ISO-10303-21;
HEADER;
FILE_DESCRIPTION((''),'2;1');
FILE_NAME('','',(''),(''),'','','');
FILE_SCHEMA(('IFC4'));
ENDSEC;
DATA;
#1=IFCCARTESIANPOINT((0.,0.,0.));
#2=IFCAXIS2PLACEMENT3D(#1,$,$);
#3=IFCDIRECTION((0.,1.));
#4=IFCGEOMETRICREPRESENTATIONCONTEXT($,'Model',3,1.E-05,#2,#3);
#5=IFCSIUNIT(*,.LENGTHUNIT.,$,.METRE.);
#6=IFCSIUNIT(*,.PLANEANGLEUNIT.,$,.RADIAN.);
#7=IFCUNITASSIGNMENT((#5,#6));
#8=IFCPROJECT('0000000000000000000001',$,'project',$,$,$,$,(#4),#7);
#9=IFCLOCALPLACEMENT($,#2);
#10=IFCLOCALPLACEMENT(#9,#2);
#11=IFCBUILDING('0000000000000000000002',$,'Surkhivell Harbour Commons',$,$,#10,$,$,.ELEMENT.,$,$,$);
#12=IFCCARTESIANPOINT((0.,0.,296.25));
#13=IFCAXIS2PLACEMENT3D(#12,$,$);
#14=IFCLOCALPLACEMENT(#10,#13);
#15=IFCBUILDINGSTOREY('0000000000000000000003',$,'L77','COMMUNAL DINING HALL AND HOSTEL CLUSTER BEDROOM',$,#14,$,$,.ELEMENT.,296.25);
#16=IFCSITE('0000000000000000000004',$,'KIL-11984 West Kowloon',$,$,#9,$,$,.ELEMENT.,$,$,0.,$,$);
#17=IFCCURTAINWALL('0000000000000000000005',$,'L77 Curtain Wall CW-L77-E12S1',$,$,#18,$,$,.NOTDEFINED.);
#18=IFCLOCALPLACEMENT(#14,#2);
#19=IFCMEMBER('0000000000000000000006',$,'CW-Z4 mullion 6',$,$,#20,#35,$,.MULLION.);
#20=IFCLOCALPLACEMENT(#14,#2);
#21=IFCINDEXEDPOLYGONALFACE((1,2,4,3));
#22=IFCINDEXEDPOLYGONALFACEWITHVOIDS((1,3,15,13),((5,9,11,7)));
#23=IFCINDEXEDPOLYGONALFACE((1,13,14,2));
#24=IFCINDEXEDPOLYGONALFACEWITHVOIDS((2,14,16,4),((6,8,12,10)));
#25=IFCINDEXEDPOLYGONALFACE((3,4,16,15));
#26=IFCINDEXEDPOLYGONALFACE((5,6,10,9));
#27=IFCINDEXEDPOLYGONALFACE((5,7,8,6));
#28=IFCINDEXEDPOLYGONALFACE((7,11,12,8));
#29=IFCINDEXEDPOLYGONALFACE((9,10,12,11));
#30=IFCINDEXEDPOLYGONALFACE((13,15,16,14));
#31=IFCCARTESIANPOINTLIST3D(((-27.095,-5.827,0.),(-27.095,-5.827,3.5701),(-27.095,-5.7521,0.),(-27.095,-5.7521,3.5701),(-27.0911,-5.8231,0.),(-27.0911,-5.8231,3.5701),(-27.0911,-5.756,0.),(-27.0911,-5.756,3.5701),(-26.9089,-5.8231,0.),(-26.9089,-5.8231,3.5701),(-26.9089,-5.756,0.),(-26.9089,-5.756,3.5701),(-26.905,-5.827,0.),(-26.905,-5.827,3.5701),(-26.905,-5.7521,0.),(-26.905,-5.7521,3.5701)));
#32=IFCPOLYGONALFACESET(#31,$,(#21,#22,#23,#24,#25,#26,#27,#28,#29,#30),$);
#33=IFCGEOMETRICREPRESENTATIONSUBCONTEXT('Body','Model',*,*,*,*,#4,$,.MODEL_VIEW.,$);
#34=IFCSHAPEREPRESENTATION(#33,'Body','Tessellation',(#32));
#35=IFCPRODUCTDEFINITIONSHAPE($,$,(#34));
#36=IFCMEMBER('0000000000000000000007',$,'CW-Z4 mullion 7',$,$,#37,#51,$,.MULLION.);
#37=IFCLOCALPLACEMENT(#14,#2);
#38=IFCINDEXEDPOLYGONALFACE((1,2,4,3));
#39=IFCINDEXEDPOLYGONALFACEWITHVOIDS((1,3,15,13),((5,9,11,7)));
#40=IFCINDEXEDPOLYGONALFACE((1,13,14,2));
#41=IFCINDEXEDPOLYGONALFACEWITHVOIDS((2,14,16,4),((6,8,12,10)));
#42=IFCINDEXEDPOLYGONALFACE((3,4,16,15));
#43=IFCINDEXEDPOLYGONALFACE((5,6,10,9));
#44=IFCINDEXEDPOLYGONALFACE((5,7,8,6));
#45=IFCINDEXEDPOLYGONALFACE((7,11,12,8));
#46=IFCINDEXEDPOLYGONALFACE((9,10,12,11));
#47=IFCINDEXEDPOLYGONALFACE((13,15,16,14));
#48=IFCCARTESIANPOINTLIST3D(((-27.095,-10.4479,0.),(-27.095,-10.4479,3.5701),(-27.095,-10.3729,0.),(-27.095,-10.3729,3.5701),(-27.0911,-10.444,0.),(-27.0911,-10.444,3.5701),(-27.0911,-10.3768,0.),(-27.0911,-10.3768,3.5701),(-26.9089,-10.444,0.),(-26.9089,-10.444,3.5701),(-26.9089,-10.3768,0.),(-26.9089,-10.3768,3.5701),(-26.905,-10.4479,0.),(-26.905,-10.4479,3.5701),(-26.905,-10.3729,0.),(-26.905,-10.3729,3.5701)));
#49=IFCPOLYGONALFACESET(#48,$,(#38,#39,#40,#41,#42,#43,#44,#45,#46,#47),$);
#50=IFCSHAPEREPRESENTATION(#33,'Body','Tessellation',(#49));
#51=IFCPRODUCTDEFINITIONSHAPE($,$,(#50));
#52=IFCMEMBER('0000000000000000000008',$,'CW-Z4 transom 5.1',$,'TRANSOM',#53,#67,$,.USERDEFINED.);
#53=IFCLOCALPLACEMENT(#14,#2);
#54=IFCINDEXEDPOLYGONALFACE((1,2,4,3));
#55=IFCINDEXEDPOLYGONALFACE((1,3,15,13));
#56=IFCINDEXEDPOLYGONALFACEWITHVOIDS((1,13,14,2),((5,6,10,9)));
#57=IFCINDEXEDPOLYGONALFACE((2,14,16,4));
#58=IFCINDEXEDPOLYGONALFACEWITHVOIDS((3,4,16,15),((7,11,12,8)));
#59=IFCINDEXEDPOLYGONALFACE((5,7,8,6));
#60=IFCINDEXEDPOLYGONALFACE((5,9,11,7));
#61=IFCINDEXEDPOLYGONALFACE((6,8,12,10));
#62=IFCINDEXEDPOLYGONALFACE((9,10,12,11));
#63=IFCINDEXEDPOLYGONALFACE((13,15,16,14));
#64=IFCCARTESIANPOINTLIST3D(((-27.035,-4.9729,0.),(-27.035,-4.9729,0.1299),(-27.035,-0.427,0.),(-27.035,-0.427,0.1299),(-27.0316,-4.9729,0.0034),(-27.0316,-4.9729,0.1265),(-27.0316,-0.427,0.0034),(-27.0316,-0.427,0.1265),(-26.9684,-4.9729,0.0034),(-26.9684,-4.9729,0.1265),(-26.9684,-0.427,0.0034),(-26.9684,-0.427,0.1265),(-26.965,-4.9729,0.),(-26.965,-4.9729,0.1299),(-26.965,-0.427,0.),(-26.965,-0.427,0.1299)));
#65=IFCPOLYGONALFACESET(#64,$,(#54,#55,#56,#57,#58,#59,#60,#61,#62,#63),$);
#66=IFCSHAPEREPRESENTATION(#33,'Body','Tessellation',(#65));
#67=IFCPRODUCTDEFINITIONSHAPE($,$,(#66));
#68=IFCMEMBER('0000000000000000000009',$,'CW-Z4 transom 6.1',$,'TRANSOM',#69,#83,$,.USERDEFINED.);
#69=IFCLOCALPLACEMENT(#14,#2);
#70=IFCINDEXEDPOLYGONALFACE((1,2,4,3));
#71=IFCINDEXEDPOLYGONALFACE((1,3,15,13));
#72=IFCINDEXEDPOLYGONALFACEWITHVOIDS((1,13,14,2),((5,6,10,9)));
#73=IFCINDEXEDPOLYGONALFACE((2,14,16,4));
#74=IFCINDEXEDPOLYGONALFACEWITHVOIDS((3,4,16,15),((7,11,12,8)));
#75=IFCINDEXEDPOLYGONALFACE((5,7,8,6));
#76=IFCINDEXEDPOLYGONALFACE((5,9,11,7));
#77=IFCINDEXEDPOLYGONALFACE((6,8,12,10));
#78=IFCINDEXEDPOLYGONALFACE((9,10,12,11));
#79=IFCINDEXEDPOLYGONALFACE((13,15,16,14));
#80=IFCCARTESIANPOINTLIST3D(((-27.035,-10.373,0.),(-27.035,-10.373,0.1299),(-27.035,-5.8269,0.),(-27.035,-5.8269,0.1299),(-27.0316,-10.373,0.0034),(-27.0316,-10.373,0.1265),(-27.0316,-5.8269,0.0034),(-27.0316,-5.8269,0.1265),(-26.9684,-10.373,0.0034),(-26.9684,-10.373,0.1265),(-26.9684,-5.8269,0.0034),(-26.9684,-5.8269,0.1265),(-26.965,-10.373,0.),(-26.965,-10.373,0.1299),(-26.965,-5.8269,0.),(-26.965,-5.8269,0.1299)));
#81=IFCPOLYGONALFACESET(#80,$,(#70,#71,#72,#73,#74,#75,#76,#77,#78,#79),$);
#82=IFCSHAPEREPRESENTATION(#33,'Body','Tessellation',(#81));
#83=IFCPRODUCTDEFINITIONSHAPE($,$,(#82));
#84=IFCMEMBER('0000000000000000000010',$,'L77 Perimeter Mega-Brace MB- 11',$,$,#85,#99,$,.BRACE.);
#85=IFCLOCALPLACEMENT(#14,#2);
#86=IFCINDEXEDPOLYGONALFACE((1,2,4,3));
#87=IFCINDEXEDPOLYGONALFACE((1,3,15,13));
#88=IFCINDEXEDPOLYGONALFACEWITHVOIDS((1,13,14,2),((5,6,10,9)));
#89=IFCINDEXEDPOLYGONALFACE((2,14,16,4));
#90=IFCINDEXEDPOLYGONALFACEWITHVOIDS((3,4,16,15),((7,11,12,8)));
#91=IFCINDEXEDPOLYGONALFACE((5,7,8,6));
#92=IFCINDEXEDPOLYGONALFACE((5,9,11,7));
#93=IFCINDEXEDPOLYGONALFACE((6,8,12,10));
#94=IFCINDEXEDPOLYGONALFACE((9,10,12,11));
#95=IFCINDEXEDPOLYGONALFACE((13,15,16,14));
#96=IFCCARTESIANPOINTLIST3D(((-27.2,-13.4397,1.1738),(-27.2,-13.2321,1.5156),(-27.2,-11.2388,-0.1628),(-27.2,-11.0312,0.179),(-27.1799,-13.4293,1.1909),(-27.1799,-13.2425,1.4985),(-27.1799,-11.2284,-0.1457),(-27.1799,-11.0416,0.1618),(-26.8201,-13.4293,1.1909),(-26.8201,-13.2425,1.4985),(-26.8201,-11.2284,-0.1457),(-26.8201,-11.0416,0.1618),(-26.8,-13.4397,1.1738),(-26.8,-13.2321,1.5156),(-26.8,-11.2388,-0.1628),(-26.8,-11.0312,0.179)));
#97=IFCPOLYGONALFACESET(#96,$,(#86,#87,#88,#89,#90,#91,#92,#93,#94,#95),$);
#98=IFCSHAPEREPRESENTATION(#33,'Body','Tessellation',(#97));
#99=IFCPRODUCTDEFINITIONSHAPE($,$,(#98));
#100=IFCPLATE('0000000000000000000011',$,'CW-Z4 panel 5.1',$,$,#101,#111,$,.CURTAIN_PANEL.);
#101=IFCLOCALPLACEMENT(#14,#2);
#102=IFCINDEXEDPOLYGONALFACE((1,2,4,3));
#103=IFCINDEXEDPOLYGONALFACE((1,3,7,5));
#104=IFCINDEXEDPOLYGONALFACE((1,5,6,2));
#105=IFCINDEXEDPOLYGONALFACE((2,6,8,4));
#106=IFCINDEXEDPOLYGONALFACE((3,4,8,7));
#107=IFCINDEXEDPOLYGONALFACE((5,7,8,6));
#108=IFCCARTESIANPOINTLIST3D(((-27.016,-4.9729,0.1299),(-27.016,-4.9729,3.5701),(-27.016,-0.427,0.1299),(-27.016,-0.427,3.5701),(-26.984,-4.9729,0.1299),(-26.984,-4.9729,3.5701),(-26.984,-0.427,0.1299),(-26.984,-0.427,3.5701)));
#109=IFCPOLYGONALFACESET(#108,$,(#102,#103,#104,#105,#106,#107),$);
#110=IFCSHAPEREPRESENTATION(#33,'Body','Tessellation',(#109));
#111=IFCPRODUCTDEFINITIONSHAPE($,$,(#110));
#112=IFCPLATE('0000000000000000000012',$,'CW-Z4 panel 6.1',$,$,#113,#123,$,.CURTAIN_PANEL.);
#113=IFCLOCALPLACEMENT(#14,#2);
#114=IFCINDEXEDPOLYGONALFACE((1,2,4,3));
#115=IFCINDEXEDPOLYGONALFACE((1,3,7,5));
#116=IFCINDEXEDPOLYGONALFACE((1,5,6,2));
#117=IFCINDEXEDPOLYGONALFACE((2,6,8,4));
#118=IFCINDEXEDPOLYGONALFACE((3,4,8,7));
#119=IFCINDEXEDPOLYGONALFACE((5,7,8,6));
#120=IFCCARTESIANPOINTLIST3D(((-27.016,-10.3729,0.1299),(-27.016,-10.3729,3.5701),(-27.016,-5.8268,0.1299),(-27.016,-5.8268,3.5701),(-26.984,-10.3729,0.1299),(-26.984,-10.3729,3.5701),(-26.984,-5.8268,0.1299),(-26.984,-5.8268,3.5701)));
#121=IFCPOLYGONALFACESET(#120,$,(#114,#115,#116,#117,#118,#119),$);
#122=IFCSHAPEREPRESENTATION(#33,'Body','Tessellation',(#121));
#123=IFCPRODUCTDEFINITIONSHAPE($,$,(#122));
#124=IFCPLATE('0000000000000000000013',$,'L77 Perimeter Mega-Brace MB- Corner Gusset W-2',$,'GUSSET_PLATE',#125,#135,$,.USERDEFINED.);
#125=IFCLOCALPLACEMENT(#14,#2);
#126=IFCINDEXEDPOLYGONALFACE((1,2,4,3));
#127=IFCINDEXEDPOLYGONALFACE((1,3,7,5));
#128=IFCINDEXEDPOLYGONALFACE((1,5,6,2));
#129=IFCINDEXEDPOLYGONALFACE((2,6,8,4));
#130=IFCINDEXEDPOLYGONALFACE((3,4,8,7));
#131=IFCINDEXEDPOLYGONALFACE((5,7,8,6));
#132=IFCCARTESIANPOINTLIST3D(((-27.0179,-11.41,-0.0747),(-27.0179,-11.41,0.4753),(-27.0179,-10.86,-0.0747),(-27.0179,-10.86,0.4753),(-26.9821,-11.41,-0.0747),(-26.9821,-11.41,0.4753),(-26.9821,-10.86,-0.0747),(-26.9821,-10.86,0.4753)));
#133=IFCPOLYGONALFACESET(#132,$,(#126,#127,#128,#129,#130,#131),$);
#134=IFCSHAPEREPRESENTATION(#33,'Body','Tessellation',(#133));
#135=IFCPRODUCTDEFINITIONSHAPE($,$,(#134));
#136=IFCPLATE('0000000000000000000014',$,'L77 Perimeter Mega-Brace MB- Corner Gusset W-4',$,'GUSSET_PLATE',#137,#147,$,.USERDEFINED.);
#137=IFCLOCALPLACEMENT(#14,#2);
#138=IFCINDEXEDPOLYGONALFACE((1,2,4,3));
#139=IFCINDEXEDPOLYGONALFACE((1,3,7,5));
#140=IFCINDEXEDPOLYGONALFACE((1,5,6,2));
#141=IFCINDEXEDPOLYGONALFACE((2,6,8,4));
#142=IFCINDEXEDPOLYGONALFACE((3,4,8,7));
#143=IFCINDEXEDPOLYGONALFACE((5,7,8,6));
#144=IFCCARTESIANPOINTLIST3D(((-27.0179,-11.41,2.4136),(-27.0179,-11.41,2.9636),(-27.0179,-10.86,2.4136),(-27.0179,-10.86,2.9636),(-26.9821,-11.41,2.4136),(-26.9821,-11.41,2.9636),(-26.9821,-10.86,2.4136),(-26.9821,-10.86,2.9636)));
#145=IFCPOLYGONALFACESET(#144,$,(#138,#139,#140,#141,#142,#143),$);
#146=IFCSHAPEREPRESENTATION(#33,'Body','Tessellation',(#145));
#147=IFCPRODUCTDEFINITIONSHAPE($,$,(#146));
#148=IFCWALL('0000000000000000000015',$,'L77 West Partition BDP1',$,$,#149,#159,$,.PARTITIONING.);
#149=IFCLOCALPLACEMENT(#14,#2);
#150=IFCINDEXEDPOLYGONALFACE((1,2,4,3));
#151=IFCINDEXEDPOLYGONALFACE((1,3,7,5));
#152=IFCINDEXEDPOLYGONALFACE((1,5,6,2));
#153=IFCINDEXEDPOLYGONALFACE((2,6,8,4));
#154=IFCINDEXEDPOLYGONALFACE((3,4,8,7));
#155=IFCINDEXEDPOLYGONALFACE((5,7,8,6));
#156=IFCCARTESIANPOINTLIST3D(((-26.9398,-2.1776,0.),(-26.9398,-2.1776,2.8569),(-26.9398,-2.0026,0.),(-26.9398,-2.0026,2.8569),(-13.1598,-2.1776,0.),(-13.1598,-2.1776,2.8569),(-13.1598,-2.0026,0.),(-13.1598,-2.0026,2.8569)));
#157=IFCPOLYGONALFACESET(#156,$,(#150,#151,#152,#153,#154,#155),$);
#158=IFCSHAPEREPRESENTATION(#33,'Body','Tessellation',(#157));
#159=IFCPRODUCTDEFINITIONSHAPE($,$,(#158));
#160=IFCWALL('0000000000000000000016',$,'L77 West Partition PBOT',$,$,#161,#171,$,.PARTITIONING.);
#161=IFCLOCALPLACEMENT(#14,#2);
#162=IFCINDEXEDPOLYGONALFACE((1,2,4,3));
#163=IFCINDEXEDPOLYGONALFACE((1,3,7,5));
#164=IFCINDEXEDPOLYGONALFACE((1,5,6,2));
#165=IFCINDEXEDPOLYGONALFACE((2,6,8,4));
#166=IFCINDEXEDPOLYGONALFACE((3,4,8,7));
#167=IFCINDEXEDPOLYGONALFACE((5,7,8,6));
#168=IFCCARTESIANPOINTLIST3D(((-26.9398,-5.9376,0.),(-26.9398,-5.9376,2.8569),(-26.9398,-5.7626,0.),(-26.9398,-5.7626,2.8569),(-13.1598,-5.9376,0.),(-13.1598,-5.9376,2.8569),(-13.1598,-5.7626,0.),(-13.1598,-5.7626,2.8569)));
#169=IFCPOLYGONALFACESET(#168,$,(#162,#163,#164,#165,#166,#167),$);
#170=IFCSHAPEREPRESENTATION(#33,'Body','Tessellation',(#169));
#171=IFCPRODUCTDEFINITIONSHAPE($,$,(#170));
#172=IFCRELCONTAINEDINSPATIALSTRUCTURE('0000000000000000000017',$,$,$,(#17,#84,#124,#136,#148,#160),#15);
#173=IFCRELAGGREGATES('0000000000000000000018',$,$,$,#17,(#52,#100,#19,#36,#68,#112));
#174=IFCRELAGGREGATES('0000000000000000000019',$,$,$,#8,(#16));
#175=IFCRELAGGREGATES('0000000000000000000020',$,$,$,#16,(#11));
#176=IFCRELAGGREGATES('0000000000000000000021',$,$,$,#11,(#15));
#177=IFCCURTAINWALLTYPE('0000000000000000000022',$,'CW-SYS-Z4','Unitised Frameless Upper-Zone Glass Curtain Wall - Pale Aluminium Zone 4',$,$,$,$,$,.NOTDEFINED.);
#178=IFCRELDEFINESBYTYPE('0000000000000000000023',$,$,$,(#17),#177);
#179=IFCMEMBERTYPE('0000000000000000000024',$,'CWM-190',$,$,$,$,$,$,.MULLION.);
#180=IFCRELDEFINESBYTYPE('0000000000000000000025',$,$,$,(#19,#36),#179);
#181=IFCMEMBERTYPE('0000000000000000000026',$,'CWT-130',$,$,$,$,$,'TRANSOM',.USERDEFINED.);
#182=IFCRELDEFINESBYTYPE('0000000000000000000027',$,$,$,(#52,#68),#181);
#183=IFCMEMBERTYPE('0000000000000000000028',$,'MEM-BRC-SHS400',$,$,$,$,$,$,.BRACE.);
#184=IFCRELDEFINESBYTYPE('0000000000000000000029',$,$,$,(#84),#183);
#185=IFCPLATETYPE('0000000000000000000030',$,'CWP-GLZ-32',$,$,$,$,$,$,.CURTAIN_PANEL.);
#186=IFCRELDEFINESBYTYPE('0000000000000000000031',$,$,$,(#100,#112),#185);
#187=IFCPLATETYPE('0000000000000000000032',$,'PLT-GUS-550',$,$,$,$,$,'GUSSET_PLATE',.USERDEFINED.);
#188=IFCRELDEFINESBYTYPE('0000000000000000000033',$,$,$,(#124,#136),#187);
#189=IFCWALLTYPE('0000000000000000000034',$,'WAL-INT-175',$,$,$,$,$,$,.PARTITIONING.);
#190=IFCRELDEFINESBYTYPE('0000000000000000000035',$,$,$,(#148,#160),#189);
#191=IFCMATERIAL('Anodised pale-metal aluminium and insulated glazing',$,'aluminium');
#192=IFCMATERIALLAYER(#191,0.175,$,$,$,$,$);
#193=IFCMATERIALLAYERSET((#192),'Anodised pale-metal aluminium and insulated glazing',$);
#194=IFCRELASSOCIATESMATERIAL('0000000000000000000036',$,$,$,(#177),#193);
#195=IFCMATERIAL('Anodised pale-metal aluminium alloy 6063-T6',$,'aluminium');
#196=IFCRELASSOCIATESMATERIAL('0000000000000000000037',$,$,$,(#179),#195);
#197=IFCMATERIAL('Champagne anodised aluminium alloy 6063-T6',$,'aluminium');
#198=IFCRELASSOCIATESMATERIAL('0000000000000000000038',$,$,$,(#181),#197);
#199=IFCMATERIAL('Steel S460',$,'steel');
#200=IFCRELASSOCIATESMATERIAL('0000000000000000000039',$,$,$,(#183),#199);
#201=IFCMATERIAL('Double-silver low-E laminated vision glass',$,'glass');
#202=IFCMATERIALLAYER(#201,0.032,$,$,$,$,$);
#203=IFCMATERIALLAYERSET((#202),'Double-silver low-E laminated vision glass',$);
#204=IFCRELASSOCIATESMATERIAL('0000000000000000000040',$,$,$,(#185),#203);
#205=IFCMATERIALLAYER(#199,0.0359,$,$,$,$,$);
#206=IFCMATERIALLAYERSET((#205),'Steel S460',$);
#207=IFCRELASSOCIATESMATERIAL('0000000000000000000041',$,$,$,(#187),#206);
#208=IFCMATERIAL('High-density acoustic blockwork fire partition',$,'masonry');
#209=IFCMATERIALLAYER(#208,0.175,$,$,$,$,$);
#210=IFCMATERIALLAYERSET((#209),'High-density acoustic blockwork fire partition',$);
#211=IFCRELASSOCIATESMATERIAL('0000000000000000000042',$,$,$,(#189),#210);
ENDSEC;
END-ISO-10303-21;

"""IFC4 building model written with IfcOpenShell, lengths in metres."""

from ifc_helpers import new_model, si_unit, direction, frame, frame_2d, origin, origin_2d, place, context, subcontext, project, spatial, rectangle, hollow_rectangle, extrude, material, layer, layer_set, material_profile, profile_set, type_object, element, aggregate, save


model = new_model("IFC4")

# Units and contexts
model_context = context("Model", 3, precision=1e-05, world=origin(), true_north=direction((0.0, 1.0)))
body_context = subcontext(model_context, "Body", "Model", "MODEL_VIEW")
ifc_project = project(units=[si_unit("LENGTHUNIT", "METRE"), si_unit("PLANEANGLEUNIT", "RADIAN")], contexts=[model_context])

# Site, building, storey
site_placement = place(None, origin())
site = spatial("IfcSite", under=ifc_project, at=site_placement, Name="KIL-11984 West Kowloon", CompositionType="ELEMENT", RefElevation=0.0)
building_placement = place(site_placement, origin())
building = spatial("IfcBuilding", under=site, at=building_placement, Name="Surkhivell Harbour Commons", CompositionType="ELEMENT")
storey_placement = place(building_placement, frame((0.0, 0.0, 296.25)))
storey = spatial("IfcBuildingStorey", under=building, at=storey_placement, Name="L77", Description="COMMUNAL DINING HALL AND HOSTEL CLUSTER BEDROOM", CompositionType="ELEMENT", Elevation=296.25)

# Curtain wall, members
ifc_material_1 = material(Name="Anodised pale-metal aluminium and insulated glazing", Category="aluminium")
ifc_layer_1 = layer(ifc_material_1, 0.175)
ifc_layer_set_1 = layer_set([ifc_layer_1], Name="Anodised pale-metal aluminium and insulated glazing")
curtain_wall_type = type_object("IfcCurtainWallType", Name="CW-SYS-Z4", Description="Unitised Frameless Upper-Zone Glass Curtain Wall - Pale Aluminium Zone 4", PredefinedType="NOTDEFINED", material=ifc_layer_set_1)
curtain_wall_placement = place(storey_placement, origin())
curtain_wall = element("IfcCurtainWall", 1, at=curtain_wall_placement, inside=storey, type_object=curtain_wall_type, Name="L77 Curtain Wall CW-L77-E12S1", PredefinedType="NOTDEFINED")
ifc_material_2 = material(Name="Anodised pale-metal aluminium alloy 6063-T6", Category="aluminium")
ifc_material_profile_1 = material_profile(ifc_material_2, hollow_rectangle(XDim=0.075, YDim=0.1899, WallThickness=0.0039, at=origin_2d()), Name="ALU-MULL-75x190")
ifc_profile_set_1 = profile_set([ifc_material_profile_1], Name="Anodised pale-metal aluminium alloy 6063-T6")
member_type_1 = type_object("IfcMemberType", Name="CWM-190", PredefinedType="MULLION", material=ifc_profile_set_1)
member_1_placement = place(storey_placement, frame((-27.0, -5.7896, 0.0), z_axis=(0.0, 0.0, 1.0), x_axis=(0.0, -1.0, 0.0)))
member_1 = element("IfcMember", 2, at=member_1_placement, type_object=member_type_1, Name="CW-Z4 mullion 6", PredefinedType="MULLION", context=body_context, shape_type="SweptSolid", body=[
    extrude(hollow_rectangle(XDim=0.075, YDim=0.1899, WallThickness=0.0039, at=origin_2d()), origin(), (0.0, 0.0, 1.0), 3.5701),
])
member_2_placement = place(storey_placement, frame((-27.0, -10.4104, 0.0), z_axis=(0.0, 0.0, 1.0), x_axis=(0.0, -1.0, 0.0)))
member_2 = element("IfcMember", 3, at=member_2_placement, type_object=member_type_1, Name="CW-Z4 mullion 7", PredefinedType="MULLION", context=body_context, shape_type="SweptSolid", body=[
    extrude(hollow_rectangle(XDim=0.075, YDim=0.1899, WallThickness=0.0039, at=origin_2d()), origin(), (0.0, 0.0, 1.0), 3.5701),
])
ifc_material_3 = material(Name="Champagne anodised aluminium alloy 6063-T6", Category="aluminium")
ifc_material_profile_2 = material_profile(ifc_material_3, hollow_rectangle(XDim=0.0701, YDim=0.1299, WallThickness=0.0034, at=origin_2d()), Name="ALU-TRAN-70x130")
ifc_profile_set_2 = profile_set([ifc_material_profile_2], Name="Champagne anodised aluminium alloy 6063-T6")
member_type_2 = type_object("IfcMemberType", Name="CWT-130", ElementType="TRANSOM", PredefinedType="USERDEFINED", material=ifc_profile_set_2)
member_3_placement = place(storey_placement, frame((-27.0, -0.427, 0.0649), z_axis=(0.0, -1.0, 0.0), x_axis=(1.0, 0.0, 0.0)))
member_3 = element("IfcMember", 4, at=member_3_placement, type_object=member_type_2, Name="CW-Z4 transom 5.1", ObjectType="TRANSOM", PredefinedType="USERDEFINED", context=body_context, shape_type="SweptSolid", body=[
    extrude(hollow_rectangle(XDim=0.0701, YDim=0.1299, WallThickness=0.0034, at=origin_2d()), origin(), (0.0, 0.0, 1.0), 4.5459),
])
member_4_placement = place(storey_placement, frame((-27.0, -5.8269, 0.0649), z_axis=(0.0, -1.0, 0.0), x_axis=(1.0, 0.0, 0.0)))
member_4 = element("IfcMember", 5, at=member_4_placement, type_object=member_type_2, Name="CW-Z4 transom 6.1", ObjectType="TRANSOM", PredefinedType="USERDEFINED", context=body_context, shape_type="SweptSolid", body=[
    extrude(hollow_rectangle(XDim=0.0701, YDim=0.1299, WallThickness=0.0034, at=origin_2d()), origin(), (0.0, 0.0, 1.0), 4.5461),
])

# Member
ifc_material_4 = material(Name="Steel S460", Category="steel")
ifc_material_profile_3 = material_profile(ifc_material_4, hollow_rectangle(XDim=0.3999, YDim=0.3999, WallThickness=0.02, at=origin_2d()), Name="SHS400x400x20")
ifc_profile_set_3 = profile_set([ifc_material_profile_3], Name="Steel S460")
member_type_3 = type_object("IfcMemberType", Name="MEM-BRC-SHS400", PredefinedType="BRACE", material=ifc_profile_set_3)
member_5_placement = place(storey_placement, frame((-27.0, -11.135, 0.0081), z_axis=(0.0, -0.85472, 0.519089), x_axis=(1.0, 0.0, 0.0)))
element("IfcMember", 6, at=member_5_placement, inside=storey, type_object=member_type_3, Name="L77 Perimeter Mega-Brace MB- 11", PredefinedType="BRACE", context=body_context, shape_type="SweptSolid", body=[
    extrude(hollow_rectangle(XDim=0.3999, YDim=0.3999, WallThickness=0.02, at=origin_2d()), origin(), (0.0, 0.0, 1.0), 2.575),
])

# Plates
ifc_material_5 = material(Name="Double-silver low-E laminated vision glass", Category="glass")
ifc_layer_2 = layer(ifc_material_5, 0.032)
ifc_layer_set_2 = layer_set([ifc_layer_2], Name="Double-silver low-E laminated vision glass")
plate_type_1 = type_object("IfcPlateType", Name="CWP-GLZ-32", PredefinedType="CURTAIN_PANEL", material=ifc_layer_set_2)
plate_1_placement = place(storey_placement, frame((-27.0, -0.427, 0.1299), z_axis=(0.0, 0.0, 1.0), x_axis=(0.0, -1.0, 0.0)))
plate_1 = element("IfcPlate", 7, at=plate_1_placement, type_object=plate_type_1, Name="CW-Z4 panel 5.1", PredefinedType="CURTAIN_PANEL", context=body_context, shape_type="SweptSolid", body=[
    extrude(rectangle(XDim=4.5459, YDim=0.032, at=frame_2d((2.2729, 0.0))), origin(), (0.0, 0.0, 1.0), 3.4402),
])
plate_2_placement = place(storey_placement, frame((-27.0, -5.8269, 0.1299), z_axis=(0.0, 0.0, 1.0), x_axis=(0.0, -1.0, 0.0)))
plate_2 = element("IfcPlate", 8, at=plate_2_placement, type_object=plate_type_1, Name="CW-Z4 panel 6.1", PredefinedType="CURTAIN_PANEL", context=body_context, shape_type="SweptSolid", body=[
    extrude(rectangle(XDim=4.5461, YDim=0.032, at=frame_2d((2.2729, 0.0))), origin(), (0.0, 0.0, 1.0), 3.4402),
])
aggregate(curtain_wall, [member_3, plate_1, member_1, member_2, member_4, plate_2])

# Plates
ifc_layer_3 = layer(ifc_material_4, 0.0359)
ifc_layer_set_3 = layer_set([ifc_layer_3], Name="Steel S460")
plate_type_2 = type_object("IfcPlateType", Name="PLT-GUS-550", ElementType="GUSSET_PLATE", PredefinedType="USERDEFINED", material=ifc_layer_set_3)
for number, where, z_axis, x_axis, name in (
    (9, (-27.0, -11.135, -0.0747), (0.0, 0.0, 1.0), (0.0, 1.0, 0.0), "L77 Perimeter Mega-Brace MB- Corner Gusset W-2"),
    (10, (-27.0, -11.135, 2.4136), (0.0, 0.0, 1.0), (0.0, 1.0, 0.0), "L77 Perimeter Mega-Brace MB- Corner Gusset W-4"),
):
    element("IfcPlate", number, at=place(storey_placement, frame(where, z_axis=z_axis, x_axis=x_axis)), inside=storey, type_object=plate_type_2, Name=name, ObjectType="GUSSET_PLATE", PredefinedType="USERDEFINED", context=body_context, shape_type="SweptSolid", body=[
        extrude(rectangle(XDim=0.55, YDim=0.0359, at=origin_2d()), origin(), (0.0, 0.0, 1.0), 0.55),
    ])

# Walls
ifc_material_6 = material(Name="High-density acoustic blockwork fire partition", Category="masonry")
ifc_layer_4 = layer(ifc_material_6, 0.175)
ifc_layer_set_4 = layer_set([ifc_layer_4], Name="High-density acoustic blockwork fire partition")
wall_type = type_object("IfcWallType", Name="WAL-INT-175", PredefinedType="PARTITIONING", material=ifc_layer_set_4)
for number, where, z_axis, x_axis, name in (
    (11, (-26.9399, -2.0901, 0.0), (0.0, 0.0, 1.0), (1.0, 0.0, 0.0), "L77 West Partition BDP1"),
    (12, (-26.9399, -5.8501, 0.0), (0.0, 0.0, 1.0), (1.0, 0.0, 0.0), "L77 West Partition PBOT"),
):
    element("IfcWall", number, at=place(storey_placement, frame(where, z_axis=z_axis, x_axis=x_axis)), inside=storey, type_object=wall_type, Name=name, PredefinedType="PARTITIONING", context=body_context, shape_type="SweptSolid", body=[
        extrude(rectangle(XDim=13.78, YDim=0.175, at=frame_2d((6.8901, 0.0))), origin(), (0.0, 0.0, 1.0), 2.8569),
    ])

save(model, "model.ifc")
